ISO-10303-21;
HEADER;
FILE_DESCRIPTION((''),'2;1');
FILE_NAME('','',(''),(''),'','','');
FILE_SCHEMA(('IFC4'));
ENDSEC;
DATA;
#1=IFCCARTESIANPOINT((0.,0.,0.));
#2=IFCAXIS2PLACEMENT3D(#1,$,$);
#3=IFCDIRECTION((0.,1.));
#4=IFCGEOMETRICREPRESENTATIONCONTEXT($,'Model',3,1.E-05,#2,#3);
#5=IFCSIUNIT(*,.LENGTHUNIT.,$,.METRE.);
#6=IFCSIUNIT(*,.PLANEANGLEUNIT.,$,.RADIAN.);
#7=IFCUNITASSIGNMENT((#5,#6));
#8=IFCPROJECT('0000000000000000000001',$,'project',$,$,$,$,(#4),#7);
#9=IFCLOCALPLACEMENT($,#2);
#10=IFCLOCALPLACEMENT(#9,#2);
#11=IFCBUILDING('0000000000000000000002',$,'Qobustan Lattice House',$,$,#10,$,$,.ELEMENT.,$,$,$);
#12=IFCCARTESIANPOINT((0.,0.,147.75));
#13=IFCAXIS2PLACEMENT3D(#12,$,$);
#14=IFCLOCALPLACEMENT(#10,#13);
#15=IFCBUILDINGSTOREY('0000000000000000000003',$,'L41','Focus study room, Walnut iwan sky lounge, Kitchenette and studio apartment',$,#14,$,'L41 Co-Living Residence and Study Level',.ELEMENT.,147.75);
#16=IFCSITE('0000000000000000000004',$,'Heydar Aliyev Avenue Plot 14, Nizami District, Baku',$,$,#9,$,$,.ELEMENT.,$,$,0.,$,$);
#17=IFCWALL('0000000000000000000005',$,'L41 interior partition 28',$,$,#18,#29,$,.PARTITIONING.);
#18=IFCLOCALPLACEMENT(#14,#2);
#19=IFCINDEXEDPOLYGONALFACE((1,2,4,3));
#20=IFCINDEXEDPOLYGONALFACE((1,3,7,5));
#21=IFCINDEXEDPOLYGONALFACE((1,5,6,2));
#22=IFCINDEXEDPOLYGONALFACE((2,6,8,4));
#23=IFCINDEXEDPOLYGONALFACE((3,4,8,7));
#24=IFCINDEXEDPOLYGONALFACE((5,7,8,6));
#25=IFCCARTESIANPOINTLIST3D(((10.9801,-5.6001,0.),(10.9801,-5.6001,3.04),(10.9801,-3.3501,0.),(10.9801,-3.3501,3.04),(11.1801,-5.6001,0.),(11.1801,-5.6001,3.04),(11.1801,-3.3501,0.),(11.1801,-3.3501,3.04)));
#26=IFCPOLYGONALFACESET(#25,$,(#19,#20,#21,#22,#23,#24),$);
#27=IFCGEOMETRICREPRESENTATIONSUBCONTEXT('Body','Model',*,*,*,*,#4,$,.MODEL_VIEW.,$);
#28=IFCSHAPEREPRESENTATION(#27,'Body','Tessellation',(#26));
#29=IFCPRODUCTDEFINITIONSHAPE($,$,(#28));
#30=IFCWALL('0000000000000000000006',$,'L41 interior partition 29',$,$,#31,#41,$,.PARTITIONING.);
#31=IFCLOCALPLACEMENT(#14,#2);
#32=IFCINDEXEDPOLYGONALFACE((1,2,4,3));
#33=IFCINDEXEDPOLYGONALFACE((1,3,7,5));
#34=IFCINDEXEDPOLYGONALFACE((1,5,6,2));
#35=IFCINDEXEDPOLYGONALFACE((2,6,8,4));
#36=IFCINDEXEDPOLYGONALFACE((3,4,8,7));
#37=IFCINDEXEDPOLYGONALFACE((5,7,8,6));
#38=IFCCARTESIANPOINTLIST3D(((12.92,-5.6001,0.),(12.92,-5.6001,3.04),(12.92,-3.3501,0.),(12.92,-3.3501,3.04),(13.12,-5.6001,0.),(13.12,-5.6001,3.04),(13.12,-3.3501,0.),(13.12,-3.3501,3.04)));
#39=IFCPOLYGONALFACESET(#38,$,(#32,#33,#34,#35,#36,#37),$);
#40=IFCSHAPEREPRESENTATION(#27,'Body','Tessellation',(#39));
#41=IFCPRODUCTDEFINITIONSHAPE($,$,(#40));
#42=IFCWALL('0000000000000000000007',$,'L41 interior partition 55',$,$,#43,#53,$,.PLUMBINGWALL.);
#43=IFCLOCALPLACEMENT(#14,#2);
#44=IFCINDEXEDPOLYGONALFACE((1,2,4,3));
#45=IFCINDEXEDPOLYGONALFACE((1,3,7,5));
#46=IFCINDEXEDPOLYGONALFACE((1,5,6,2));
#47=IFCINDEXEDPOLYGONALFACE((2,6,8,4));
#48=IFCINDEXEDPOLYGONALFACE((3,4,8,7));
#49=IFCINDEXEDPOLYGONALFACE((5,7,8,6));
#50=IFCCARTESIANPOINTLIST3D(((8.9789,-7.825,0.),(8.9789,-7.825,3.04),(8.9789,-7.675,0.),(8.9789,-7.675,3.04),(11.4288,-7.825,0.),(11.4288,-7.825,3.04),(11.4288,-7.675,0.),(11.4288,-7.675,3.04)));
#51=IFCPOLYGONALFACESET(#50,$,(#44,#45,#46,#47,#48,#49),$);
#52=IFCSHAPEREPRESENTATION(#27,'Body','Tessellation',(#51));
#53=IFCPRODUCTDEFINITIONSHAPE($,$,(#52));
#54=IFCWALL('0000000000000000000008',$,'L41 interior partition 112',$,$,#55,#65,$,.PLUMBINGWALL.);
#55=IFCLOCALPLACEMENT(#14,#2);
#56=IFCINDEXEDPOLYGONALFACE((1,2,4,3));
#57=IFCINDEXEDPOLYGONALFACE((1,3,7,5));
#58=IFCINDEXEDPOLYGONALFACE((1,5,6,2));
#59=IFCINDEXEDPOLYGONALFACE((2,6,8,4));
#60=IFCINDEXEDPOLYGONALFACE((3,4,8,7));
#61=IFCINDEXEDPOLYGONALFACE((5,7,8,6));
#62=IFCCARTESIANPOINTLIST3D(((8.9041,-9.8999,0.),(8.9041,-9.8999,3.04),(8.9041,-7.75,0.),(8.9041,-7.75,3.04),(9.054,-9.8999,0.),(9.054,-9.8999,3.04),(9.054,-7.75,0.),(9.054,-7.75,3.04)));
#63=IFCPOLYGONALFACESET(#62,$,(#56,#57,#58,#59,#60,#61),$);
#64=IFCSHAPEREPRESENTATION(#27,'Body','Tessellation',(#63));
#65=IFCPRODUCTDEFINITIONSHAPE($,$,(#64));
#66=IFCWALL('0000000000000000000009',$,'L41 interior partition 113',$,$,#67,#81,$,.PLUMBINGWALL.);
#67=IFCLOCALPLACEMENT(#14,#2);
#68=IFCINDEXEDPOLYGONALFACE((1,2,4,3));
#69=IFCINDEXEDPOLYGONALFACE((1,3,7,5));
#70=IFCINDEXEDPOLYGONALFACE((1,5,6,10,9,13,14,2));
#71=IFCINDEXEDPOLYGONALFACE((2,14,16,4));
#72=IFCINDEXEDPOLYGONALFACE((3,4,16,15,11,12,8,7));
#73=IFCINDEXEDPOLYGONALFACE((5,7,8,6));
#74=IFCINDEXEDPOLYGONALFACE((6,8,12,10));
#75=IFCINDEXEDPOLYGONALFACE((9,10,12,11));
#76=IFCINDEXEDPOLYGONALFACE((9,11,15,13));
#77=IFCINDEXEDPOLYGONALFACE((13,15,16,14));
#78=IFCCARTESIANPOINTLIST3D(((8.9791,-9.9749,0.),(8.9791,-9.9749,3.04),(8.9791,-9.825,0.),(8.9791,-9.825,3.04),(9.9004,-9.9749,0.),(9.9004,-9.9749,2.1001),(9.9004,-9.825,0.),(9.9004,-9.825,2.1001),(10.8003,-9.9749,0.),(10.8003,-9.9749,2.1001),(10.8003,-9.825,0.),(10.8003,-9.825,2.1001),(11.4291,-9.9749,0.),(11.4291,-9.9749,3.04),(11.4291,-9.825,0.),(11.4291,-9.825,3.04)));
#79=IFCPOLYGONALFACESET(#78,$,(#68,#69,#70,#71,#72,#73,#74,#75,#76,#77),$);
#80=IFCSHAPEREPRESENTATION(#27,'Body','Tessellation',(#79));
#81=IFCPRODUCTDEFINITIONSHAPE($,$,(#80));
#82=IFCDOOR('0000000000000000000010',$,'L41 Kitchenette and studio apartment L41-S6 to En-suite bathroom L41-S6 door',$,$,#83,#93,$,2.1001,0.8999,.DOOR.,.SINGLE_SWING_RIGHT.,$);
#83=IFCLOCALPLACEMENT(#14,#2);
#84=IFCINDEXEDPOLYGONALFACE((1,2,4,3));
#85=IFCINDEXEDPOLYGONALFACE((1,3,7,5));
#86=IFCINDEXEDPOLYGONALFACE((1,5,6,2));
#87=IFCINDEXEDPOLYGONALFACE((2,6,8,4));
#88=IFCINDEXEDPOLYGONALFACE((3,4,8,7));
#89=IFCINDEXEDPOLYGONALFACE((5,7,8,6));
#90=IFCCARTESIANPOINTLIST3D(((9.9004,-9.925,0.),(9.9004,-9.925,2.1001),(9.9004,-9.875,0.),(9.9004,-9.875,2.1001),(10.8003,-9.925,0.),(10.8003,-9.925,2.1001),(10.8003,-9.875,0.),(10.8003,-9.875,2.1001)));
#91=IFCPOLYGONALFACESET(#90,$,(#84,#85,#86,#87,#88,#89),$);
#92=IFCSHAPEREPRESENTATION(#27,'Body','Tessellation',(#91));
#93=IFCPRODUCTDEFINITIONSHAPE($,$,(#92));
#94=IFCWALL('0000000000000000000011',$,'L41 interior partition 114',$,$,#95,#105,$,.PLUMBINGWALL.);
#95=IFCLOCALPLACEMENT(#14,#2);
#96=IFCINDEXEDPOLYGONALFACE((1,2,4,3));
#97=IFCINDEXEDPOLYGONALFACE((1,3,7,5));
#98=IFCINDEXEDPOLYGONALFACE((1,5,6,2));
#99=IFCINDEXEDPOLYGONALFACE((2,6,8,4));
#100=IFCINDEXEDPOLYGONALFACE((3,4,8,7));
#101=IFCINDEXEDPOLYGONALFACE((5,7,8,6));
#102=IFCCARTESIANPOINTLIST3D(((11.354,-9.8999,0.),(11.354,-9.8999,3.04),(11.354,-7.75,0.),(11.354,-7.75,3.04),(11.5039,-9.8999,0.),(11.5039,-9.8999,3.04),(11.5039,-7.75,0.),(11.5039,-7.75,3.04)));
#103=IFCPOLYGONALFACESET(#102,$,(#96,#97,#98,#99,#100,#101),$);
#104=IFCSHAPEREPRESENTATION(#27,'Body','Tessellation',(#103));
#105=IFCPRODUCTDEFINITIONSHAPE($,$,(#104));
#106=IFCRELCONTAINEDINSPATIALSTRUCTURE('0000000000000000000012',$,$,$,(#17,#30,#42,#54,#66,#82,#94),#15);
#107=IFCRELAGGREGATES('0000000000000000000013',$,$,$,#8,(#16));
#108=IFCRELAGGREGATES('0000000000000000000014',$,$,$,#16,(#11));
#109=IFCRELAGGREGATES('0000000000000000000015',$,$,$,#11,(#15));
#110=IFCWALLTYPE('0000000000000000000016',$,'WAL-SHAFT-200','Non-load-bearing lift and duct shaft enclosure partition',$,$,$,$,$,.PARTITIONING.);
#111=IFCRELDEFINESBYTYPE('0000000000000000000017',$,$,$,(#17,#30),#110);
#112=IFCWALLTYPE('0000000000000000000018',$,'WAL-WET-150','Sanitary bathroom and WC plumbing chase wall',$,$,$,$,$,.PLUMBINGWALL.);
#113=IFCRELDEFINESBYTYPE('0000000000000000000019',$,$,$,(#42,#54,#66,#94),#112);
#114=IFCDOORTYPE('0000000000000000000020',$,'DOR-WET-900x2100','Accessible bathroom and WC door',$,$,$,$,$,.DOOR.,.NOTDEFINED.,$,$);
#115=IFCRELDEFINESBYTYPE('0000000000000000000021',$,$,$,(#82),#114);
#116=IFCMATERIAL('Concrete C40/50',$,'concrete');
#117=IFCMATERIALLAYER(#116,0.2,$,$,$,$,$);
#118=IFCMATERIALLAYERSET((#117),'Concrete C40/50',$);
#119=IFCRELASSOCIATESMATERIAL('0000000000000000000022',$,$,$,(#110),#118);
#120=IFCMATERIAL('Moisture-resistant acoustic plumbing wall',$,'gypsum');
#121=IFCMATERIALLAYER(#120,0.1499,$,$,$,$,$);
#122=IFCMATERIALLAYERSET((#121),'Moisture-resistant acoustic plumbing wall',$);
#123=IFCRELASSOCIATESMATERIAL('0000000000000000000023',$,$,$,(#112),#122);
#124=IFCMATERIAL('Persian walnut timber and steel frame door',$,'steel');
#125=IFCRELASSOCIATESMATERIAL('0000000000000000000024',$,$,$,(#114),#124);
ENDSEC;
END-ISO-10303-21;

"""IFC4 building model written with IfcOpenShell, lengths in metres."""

from ifc_helpers import new_model, si_unit, direction, frame, frame_2d, origin, place, context, subcontext, project, spatial, rectangle, extrude, material, layer, layer_set, type_object, element, fill, save


model = new_model("IFC4")

# Units and contexts
model_context = context("Model", 3, precision=1e-05, world=origin(), true_north=direction((0.0, 1.0)))
body_context = subcontext(model_context, "Body", "Model", "MODEL_VIEW")
ifc_project = project(units=[si_unit("LENGTHUNIT", "METRE"), si_unit("PLANEANGLEUNIT", "RADIAN")], contexts=[model_context])

# Site, building, storey
site_placement = place(None, origin())
site = spatial("IfcSite", under=ifc_project, at=site_placement, Name="Heydar Aliyev Avenue Plot 14, Nizami District, Baku", CompositionType="ELEMENT", RefElevation=0.0)
building_placement = place(site_placement, origin())
building = spatial("IfcBuilding", under=site, at=building_placement, Name="Qobustan Lattice House", CompositionType="ELEMENT")
storey_placement = place(building_placement, frame((0.0, 0.0, 147.75)))
storey = spatial("IfcBuildingStorey", under=building, at=storey_placement, Name="L41", Description="Focus study room, Walnut iwan sky lounge, Kitchenette and studio apartment", LongName="L41 Co-Living Residence and Study Level", CompositionType="ELEMENT", Elevation=147.75)

# Shared definitions
ifc_material_1 = material(Name="Concrete C40/50", Category="concrete")
ifc_layer_1 = layer(ifc_material_1, 0.2)
ifc_layer_set_1 = layer_set([ifc_layer_1], Name="Concrete C40/50")
wall_type_1 = type_object("IfcWallType", Name="WAL-SHAFT-200", Description="Non-load-bearing lift and duct shaft enclosure partition", PredefinedType="PARTITIONING", material=ifc_layer_set_1)

# Walls
for number, where, z_axis, x_axis, name in (
    (1, (11.0801, -5.6001, 0.0), (0.0, 0.0, 1.0), (0.0, 1.0, 0.0), "L41 interior partition 28"),
    (2, (13.02, -5.6001, 0.0), (0.0, 0.0, 1.0), (0.0, 1.0, 0.0), "L41 interior partition 29"),
):
    element("IfcWall", number, at=place(storey_placement, frame(where, z_axis=z_axis, x_axis=x_axis)), inside=storey, type_object=wall_type_1, Name=name, PredefinedType="PARTITIONING", context=body_context, shape_type="SweptSolid", body=[
        extrude(rectangle(XDim=2.25, YDim=0.2, at=frame_2d((1.125, 0.0))), origin(), (0.0, 0.0, 1.0), 3.04),
    ])
ifc_material_2 = material(Name="Moisture-resistant acoustic plumbing wall", Category="gypsum")
ifc_layer_2 = layer(ifc_material_2, 0.1499)
ifc_layer_set_2 = layer_set([ifc_layer_2], Name="Moisture-resistant acoustic plumbing wall")
wall_type_2 = type_object("IfcWallType", Name="WAL-WET-150", Description="Sanitary bathroom and WC plumbing chase wall", PredefinedType="PLUMBINGWALL", material=ifc_layer_set_2)
wall_1_placement = place(storey_placement, frame((11.429, -7.75, 0.0), z_axis=(0.0, 0.0, 1.0), x_axis=(-1.0, 0.0, 0.0)))
element("IfcWall", 3, at=wall_1_placement, inside=storey, type_object=wall_type_2, Name="L41 interior partition 55", PredefinedType="PLUMBINGWALL", context=body_context, shape_type="SweptSolid", body=[
    extrude(rectangle(XDim=2.45, YDim=0.1499, at=frame_2d((1.2251, 0.0))), origin(), (0.0, 0.0, 1.0), 3.04),
])
wall_2_placement = place(storey_placement, frame((8.979, -7.75, 0.0), z_axis=(0.0, 0.0, 1.0), x_axis=(0.0, -1.0, 0.0)))
element("IfcWall", 4, at=wall_2_placement, inside=storey, type_object=wall_type_2, Name="L41 interior partition 112", PredefinedType="PLUMBINGWALL", context=body_context, shape_type="SweptSolid", body=[
    extrude(rectangle(XDim=2.1499, YDim=0.1499, at=frame_2d((1.075, 0.0))), origin(), (0.0, 0.0, 1.0), 3.04),
])

# Wall, opening, door
wall_3_placement = place(storey_placement, frame((8.979, -9.8999, 0.0), z_axis=(0.0, 0.0, 1.0), x_axis=(1.0, 0.0, 0.0)))
wall_3 = element("IfcWall", 5, at=wall_3_placement, inside=storey, type_object=wall_type_2, Name="L41 interior partition 113", PredefinedType="PLUMBINGWALL", context=body_context, shape_type="SweptSolid", body=[
    extrude(rectangle(XDim=2.45, YDim=0.1499, at=frame_2d((1.2251, 0.0))), origin(), (0.0, 0.0, 1.0), 3.04),
])
opening_1_placement = place(wall_3_placement, frame((0.9214, 0.0, 0.0)))
opening_1 = element("IfcOpeningElement", 6, at=opening_1_placement, cuts=wall_3, PredefinedType="OPENING", context=body_context, shape_type="SweptSolid", body=[
    extrude(rectangle(XDim=0.8999, YDim=2.1001, at=frame_2d((0.45, 1.05))), frame((0.0, 0.085, 0.0), z_axis=(0.0, -1.0, 0.0), x_axis=(1.0, 0.0, 0.0)), (0.0, 0.0, 1.0), 0.1699),
])
ifc_material_3 = material(Name="Persian walnut timber and steel frame door", Category="steel")
door_type_1 = type_object("IfcDoorType", Name="DOR-WET-900x2100", Description="Accessible bathroom and WC door", OperationType="NOTDEFINED", PredefinedType="DOOR", material=ifc_material_3)
door_1_placement = place(opening_1_placement, origin())
door_1 = element("IfcDoor", 7, at=door_1_placement, inside=storey, type_object=door_type_1, Name="L41 Kitchenette and studio apartment L41-S6 to En-suite bathroom L41-S6 door", OperationType="SINGLE_SWING_RIGHT", OverallHeight=2.1001, OverallWidth=0.8999, PredefinedType="DOOR", context=body_context, shape_type="SweptSolid", body=[
    extrude(rectangle(XDim=0.8999, YDim=2.1001, at=frame_2d((0.45, 1.05))), frame((0.0, 0.0249, 0.0), z_axis=(0.0, -1.0, 0.0), x_axis=(1.0, 0.0, 0.0)), (0.0, 0.0, 1.0), 0.05),
])
fill(opening_1, door_1)

# Wall
wall_4_placement = place(storey_placement, frame((11.429, -9.8999, 0.0), z_axis=(0.0, 0.0, 1.0), x_axis=(0.0, 1.0, 0.0)))
element("IfcWall", 8, at=wall_4_placement, inside=storey, type_object=wall_type_2, Name="L41 interior partition 114", PredefinedType="PLUMBINGWALL", context=body_context, shape_type="SweptSolid", body=[
    extrude(rectangle(XDim=2.1499, YDim=0.1499, at=frame_2d((1.075, 0.0))), origin(), (0.0, 0.0, 1.0), 3.04),
])

save(model, "model.ifc")
